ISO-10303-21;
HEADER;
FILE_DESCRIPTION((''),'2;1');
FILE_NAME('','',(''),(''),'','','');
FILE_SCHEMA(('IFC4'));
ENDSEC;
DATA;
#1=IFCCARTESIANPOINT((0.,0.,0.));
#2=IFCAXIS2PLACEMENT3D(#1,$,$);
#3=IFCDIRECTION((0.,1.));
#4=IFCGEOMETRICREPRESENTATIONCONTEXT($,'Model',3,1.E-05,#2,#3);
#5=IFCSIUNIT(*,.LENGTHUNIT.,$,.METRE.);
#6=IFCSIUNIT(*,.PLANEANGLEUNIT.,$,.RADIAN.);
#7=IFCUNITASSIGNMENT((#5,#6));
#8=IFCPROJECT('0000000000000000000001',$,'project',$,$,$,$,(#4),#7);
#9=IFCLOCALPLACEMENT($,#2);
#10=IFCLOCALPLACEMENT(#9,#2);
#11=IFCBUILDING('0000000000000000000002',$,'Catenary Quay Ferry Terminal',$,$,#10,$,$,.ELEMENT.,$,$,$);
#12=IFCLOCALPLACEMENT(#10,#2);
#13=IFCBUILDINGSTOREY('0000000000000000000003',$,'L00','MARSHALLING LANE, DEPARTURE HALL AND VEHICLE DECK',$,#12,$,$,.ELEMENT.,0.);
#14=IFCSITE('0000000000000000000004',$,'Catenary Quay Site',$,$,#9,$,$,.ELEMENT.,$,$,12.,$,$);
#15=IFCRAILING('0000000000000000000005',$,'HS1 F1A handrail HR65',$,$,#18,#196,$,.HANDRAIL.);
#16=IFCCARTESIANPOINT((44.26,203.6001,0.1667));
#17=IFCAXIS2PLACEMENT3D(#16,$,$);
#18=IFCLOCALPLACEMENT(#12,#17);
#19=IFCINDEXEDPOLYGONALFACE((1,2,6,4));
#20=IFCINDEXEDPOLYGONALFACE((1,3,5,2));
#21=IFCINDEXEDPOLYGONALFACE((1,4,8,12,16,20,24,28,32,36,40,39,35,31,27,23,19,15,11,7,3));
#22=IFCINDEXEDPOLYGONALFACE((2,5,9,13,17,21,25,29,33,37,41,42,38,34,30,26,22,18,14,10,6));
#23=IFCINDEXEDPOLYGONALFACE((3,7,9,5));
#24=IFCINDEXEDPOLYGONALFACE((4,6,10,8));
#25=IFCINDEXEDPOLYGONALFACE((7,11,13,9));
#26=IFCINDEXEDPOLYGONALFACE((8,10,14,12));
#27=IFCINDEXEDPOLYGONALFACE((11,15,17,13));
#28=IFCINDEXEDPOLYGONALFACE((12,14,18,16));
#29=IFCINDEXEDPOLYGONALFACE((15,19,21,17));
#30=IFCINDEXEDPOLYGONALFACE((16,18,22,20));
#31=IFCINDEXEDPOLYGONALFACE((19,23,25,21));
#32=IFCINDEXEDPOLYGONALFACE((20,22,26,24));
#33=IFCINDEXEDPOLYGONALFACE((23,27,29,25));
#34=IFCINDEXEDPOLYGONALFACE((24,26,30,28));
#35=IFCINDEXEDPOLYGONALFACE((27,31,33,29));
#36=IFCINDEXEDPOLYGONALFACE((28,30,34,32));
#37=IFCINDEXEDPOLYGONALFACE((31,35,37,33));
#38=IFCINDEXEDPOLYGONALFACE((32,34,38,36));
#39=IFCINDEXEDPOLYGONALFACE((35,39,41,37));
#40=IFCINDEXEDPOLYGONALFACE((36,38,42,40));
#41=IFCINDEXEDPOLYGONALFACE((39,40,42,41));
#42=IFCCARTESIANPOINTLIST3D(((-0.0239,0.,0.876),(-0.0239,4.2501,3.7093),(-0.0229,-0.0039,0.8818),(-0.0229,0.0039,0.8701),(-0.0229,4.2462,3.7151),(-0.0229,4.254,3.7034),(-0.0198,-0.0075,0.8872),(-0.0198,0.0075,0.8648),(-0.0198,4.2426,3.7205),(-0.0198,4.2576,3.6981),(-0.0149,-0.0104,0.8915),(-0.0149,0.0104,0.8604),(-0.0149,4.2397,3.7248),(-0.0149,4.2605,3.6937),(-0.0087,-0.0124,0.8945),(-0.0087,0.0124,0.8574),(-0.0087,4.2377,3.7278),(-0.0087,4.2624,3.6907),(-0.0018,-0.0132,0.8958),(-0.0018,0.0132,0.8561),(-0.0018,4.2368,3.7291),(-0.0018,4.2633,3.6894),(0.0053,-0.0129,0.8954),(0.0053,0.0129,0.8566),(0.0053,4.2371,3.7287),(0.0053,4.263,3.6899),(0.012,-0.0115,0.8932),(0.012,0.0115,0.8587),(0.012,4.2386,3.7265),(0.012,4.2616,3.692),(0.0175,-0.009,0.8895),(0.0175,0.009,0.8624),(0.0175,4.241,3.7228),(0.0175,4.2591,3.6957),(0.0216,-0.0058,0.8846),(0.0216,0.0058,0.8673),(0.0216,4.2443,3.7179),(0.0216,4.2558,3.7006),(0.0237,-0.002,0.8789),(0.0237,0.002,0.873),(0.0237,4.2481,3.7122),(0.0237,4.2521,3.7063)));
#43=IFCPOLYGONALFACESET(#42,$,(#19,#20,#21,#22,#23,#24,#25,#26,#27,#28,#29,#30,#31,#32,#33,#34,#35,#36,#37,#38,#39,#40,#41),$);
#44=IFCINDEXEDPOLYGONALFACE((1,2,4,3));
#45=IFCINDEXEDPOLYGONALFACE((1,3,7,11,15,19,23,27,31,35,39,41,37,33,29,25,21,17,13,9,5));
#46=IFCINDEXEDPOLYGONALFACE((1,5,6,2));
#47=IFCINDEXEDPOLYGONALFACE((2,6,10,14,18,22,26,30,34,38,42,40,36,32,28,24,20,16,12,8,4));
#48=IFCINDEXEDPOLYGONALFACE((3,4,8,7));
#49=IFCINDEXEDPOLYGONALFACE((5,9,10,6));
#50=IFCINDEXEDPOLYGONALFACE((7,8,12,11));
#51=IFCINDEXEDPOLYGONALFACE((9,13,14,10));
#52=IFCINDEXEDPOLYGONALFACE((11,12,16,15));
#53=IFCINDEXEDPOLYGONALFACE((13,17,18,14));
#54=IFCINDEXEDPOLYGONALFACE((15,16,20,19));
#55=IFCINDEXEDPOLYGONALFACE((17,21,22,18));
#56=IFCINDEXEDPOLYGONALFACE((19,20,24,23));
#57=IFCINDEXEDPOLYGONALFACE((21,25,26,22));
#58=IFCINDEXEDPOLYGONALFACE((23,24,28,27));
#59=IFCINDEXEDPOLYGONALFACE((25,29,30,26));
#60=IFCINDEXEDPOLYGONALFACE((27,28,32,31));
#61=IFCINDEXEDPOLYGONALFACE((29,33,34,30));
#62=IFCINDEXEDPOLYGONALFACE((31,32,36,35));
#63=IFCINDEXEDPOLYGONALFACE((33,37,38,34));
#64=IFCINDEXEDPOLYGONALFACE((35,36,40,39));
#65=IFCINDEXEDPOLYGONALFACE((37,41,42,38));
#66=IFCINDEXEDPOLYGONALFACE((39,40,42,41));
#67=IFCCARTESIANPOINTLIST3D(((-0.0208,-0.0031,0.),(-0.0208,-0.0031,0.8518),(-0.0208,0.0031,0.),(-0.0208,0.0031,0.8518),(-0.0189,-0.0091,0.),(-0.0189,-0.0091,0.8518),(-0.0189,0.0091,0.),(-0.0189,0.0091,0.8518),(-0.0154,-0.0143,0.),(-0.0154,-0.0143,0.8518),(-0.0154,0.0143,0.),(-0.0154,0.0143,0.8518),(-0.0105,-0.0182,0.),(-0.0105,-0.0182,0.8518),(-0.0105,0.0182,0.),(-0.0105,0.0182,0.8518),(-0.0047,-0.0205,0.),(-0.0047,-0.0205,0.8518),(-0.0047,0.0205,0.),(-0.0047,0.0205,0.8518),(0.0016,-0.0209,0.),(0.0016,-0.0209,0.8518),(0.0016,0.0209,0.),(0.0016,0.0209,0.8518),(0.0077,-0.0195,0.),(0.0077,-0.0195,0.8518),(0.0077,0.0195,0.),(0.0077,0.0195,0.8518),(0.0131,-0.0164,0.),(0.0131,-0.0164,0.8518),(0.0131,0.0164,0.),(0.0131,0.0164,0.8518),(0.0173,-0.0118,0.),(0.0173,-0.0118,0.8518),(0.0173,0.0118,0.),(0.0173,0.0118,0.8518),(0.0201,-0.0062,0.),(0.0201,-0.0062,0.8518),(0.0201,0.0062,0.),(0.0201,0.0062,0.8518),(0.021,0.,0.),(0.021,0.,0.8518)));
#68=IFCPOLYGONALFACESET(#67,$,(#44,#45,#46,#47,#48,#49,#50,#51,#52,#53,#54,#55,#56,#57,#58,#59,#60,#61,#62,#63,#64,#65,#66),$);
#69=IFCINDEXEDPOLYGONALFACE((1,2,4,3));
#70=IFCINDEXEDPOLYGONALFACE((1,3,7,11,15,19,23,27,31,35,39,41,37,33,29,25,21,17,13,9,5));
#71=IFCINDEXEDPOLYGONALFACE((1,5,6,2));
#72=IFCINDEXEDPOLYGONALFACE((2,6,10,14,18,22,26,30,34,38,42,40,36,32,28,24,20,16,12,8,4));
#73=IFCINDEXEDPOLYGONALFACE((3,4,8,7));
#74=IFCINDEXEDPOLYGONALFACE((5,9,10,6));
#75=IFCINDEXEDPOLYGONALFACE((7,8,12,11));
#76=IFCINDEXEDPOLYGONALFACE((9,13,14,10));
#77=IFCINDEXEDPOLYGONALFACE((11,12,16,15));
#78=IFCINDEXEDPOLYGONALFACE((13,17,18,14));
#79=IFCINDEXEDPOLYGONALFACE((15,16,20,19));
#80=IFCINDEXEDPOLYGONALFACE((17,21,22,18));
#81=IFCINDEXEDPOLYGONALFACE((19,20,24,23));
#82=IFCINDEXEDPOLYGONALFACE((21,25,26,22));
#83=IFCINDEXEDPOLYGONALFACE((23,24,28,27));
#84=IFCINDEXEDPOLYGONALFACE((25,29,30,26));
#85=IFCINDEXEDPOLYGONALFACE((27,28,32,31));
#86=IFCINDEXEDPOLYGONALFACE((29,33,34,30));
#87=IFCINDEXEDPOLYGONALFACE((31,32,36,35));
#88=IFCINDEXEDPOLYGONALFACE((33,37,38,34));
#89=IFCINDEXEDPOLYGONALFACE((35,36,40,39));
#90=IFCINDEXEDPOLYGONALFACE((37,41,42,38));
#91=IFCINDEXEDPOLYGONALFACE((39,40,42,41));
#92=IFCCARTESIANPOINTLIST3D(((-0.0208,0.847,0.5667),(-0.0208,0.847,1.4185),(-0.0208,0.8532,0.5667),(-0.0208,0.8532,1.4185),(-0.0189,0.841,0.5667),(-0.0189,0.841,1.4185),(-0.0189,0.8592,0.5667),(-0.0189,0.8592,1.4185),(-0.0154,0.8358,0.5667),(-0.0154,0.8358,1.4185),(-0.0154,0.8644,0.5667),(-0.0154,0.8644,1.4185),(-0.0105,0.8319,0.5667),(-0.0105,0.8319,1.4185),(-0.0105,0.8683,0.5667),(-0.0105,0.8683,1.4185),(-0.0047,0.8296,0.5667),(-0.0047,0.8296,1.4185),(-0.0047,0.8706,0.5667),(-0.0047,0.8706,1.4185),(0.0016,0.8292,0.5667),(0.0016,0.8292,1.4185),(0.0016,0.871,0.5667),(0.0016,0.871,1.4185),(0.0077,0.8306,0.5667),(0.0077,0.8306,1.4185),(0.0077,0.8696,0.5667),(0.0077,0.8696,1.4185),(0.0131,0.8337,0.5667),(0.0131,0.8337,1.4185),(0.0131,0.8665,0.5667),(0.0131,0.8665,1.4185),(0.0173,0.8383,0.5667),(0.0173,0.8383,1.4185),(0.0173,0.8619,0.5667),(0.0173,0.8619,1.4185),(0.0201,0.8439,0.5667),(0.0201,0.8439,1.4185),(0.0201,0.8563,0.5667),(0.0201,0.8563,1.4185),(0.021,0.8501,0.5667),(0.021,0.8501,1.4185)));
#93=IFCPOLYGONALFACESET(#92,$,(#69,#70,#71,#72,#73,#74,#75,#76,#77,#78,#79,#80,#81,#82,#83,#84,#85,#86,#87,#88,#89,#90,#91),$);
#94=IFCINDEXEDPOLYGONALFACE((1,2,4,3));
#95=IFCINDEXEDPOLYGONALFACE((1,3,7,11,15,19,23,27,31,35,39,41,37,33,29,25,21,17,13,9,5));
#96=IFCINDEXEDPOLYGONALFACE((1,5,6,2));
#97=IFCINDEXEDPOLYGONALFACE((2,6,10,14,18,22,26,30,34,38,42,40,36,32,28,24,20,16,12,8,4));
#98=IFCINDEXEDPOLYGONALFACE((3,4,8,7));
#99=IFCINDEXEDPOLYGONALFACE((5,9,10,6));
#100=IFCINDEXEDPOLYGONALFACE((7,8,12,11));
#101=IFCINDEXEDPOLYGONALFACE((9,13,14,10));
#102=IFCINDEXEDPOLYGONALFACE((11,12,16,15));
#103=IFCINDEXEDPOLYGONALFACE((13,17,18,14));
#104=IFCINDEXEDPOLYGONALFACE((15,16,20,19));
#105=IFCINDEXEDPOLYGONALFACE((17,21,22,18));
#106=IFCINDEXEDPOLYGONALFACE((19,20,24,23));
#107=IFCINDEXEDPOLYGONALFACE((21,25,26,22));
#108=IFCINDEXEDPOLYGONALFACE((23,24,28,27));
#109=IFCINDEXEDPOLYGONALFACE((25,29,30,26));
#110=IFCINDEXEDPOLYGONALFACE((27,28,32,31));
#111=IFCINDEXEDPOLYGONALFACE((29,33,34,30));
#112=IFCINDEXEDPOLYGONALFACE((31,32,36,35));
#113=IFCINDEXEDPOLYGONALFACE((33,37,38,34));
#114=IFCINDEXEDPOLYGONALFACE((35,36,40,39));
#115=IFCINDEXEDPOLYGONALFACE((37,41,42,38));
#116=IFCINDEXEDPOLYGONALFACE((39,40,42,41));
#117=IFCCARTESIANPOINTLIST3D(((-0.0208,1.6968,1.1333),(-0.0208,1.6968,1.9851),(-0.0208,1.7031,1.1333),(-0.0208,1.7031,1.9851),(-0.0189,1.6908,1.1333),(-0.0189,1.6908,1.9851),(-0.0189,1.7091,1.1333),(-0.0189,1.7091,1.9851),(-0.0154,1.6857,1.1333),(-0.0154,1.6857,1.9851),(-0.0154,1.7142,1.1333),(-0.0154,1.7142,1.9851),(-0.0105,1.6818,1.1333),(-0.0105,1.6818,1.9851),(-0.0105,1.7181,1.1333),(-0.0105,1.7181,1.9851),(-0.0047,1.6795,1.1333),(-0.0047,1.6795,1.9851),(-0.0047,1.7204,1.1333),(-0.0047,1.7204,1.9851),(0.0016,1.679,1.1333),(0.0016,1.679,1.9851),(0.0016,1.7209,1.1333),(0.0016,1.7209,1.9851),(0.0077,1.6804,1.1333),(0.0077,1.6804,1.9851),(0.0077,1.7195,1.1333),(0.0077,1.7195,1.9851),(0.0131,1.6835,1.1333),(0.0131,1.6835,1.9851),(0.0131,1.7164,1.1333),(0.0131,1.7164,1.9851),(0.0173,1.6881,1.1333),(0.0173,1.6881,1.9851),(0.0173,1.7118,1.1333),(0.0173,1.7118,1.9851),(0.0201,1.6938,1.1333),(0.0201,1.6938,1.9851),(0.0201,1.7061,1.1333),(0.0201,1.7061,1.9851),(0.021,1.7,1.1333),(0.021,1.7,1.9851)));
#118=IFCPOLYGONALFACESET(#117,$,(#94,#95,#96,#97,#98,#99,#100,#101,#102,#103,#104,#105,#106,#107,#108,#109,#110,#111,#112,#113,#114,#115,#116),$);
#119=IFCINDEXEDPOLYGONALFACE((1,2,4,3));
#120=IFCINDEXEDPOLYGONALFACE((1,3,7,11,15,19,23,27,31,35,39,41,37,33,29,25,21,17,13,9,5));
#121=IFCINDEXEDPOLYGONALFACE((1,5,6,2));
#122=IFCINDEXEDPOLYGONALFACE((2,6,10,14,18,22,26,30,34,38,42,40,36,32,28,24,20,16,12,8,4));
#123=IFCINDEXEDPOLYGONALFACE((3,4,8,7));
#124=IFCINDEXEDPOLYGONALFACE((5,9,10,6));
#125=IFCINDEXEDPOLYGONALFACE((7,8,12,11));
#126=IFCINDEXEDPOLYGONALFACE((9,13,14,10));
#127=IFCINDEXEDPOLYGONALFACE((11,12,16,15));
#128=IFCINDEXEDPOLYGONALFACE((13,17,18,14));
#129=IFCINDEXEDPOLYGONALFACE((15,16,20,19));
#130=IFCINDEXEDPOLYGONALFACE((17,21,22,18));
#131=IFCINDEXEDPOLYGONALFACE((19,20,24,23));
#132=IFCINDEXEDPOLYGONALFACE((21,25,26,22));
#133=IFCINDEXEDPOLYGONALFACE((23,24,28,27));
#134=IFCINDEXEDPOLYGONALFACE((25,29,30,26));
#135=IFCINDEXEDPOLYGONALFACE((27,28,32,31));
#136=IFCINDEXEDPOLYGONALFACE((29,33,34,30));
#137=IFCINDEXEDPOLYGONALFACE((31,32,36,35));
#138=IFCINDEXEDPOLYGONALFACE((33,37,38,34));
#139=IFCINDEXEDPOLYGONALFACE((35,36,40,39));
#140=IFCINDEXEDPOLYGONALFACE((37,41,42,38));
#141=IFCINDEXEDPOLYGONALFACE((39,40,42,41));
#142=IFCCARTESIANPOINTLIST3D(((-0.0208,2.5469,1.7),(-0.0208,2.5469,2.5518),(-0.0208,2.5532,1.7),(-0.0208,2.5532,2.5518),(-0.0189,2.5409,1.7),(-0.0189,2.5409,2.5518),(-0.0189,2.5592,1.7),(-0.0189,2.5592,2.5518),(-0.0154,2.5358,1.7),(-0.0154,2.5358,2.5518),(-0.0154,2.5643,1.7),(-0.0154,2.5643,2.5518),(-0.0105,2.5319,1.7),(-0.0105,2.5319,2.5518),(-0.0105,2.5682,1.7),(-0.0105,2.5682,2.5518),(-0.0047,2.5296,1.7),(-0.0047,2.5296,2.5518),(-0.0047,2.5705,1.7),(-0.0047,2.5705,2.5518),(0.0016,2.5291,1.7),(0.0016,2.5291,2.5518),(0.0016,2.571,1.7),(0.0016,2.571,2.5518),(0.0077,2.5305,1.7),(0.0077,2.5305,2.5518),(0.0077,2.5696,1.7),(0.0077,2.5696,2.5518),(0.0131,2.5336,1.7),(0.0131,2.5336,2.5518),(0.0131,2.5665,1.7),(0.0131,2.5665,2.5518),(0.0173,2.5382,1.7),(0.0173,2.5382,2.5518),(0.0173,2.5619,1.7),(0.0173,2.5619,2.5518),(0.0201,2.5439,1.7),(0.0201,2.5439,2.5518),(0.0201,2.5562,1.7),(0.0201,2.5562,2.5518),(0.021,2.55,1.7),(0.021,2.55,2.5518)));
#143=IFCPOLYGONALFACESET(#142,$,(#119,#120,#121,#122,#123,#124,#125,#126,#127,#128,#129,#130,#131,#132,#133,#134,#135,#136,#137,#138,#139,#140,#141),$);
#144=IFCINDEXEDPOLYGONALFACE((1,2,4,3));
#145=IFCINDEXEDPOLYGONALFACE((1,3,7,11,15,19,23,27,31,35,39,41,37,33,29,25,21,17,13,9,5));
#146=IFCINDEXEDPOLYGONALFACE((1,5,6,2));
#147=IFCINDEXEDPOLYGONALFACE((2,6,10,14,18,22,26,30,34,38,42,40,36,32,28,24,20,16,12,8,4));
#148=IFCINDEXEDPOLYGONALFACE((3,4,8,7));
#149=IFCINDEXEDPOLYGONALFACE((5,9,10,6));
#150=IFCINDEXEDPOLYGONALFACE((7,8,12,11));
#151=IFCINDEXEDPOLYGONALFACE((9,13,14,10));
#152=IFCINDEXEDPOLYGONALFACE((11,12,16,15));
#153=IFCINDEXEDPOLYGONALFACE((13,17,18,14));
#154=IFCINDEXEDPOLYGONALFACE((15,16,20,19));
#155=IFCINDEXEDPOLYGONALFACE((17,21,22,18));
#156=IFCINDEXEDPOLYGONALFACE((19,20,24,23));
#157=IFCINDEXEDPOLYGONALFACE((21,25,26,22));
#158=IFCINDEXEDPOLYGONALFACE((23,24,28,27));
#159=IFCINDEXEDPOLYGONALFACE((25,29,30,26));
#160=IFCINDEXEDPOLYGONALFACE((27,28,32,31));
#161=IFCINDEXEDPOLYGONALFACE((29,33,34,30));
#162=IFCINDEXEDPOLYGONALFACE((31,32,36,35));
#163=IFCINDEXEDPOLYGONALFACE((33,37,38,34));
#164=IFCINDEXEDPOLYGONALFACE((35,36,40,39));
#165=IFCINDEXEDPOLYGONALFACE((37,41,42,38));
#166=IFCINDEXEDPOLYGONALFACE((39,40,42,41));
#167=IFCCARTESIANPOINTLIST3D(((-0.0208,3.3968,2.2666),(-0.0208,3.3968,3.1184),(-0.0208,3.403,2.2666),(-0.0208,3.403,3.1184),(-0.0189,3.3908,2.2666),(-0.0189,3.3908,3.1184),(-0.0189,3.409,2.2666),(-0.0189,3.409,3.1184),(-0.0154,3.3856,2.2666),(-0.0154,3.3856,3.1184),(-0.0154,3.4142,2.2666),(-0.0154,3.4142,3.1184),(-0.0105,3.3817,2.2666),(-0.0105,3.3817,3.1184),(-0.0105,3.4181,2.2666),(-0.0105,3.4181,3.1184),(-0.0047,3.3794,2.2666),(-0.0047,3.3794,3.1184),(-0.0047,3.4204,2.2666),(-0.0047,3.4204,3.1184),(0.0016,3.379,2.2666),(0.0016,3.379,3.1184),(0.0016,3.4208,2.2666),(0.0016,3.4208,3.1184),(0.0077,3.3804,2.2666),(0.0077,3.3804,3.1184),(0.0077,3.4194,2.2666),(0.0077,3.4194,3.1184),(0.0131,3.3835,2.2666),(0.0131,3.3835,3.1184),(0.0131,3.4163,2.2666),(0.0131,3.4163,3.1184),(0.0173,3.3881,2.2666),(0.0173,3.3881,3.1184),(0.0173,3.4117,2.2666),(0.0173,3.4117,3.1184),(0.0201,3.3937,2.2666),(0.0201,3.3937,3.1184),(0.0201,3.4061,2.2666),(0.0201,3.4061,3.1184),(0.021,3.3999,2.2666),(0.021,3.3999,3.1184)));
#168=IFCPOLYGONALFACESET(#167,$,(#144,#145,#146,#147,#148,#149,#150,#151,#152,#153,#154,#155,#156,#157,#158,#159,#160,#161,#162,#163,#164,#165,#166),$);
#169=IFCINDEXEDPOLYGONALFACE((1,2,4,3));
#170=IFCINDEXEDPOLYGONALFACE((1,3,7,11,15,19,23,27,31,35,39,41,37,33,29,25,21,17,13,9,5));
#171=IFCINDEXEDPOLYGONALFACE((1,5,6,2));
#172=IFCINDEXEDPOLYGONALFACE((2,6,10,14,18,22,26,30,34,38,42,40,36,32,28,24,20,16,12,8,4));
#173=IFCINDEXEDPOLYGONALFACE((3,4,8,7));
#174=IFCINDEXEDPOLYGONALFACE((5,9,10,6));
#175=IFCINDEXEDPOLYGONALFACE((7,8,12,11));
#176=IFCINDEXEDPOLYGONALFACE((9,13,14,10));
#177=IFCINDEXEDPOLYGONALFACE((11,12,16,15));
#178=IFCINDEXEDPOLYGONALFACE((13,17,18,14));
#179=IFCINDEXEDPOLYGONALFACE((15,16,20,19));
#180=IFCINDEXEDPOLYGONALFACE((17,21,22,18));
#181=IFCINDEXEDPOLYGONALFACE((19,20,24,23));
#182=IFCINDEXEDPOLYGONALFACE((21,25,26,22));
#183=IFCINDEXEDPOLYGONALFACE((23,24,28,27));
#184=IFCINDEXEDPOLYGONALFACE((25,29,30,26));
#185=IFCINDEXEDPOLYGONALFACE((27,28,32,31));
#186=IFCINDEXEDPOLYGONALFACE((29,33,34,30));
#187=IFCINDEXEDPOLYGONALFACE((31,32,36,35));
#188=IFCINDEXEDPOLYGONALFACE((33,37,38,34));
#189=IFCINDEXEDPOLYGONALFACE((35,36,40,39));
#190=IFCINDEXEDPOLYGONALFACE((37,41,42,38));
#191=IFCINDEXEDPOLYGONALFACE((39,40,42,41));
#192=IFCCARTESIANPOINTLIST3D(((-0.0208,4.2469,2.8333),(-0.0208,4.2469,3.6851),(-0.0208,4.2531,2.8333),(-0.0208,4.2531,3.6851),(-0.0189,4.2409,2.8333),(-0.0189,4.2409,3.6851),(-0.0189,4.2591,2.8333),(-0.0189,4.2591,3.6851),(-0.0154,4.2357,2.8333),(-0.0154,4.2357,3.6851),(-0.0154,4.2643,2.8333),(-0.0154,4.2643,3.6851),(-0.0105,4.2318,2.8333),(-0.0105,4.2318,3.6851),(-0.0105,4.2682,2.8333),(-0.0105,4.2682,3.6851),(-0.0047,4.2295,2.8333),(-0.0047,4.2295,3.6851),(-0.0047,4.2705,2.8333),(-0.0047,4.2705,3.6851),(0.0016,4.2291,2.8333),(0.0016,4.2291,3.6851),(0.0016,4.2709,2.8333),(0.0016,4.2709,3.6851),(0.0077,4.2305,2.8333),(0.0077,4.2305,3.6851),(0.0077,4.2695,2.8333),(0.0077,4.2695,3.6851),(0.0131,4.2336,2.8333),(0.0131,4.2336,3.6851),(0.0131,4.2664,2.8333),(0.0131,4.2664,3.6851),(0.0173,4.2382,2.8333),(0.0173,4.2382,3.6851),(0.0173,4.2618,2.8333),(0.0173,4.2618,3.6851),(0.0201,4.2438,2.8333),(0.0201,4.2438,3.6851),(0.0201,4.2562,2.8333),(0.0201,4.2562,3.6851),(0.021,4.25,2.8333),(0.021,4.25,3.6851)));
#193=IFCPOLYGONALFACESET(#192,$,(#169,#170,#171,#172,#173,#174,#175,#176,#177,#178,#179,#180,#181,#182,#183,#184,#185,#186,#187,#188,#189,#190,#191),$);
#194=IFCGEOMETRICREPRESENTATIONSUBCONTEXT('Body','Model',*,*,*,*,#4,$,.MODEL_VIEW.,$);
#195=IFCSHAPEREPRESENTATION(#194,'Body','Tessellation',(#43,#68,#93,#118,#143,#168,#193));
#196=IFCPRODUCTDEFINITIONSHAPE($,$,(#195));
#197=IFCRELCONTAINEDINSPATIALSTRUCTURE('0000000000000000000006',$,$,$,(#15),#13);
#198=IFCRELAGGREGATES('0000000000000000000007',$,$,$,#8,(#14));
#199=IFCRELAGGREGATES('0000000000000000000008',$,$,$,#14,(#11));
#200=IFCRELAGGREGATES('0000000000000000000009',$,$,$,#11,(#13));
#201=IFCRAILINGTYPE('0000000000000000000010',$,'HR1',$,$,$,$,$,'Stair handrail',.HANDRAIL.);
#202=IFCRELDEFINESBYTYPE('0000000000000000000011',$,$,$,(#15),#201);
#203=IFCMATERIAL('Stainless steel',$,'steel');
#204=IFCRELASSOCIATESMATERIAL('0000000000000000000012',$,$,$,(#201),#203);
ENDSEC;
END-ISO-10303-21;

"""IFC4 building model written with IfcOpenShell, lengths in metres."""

from ifc_helpers import new_model, si_unit, direction, frame, origin, origin_2d, place, context, subcontext, project, spatial, circle, extrude, material, type_object, element, save


model = new_model("IFC4")

# Units and contexts
model_context = context("Model", 3, precision=1e-05, world=origin(), true_north=direction((0.0, 1.0)))
body_context = subcontext(model_context, "Body", "Model", "MODEL_VIEW")
ifc_project = project(units=[si_unit("LENGTHUNIT", "METRE"), si_unit("PLANEANGLEUNIT", "RADIAN")], contexts=[model_context])

# Site, building, storey
site_placement = place(None, origin())
site = spatial("IfcSite", under=ifc_project, at=site_placement, Name="Catenary Quay Site", CompositionType="ELEMENT", RefElevation=12.0)
building_placement = place(site_placement, origin())
building = spatial("IfcBuilding", under=site, at=building_placement, Name="Catenary Quay Ferry Terminal", CompositionType="ELEMENT")
storey_placement = place(building_placement, origin())
storey = spatial("IfcBuildingStorey", under=building, at=storey_placement, Name="L00", Description="MARSHALLING LANE, DEPARTURE HALL AND VEHICLE DECK", CompositionType="ELEMENT", Elevation=0.0)

# Railing
ifc_material_1 = material(Name="Stainless steel", Category="steel")
railing_type = type_object("IfcRailingType", Name="HR1", ElementType="Stair handrail", PredefinedType="HANDRAIL", material=ifc_material_1)
railing_placement = place(storey_placement, frame((44.26, 203.6001, 0.1667)))
element("IfcRailing", 1, at=railing_placement, inside=storey, type_object=railing_type, Name="HS1 F1A handrail HR65", PredefinedType="HANDRAIL", context=body_context, shape_type="SweptSolid", body=[
    extrude(circle(Radius=0.0239, at=origin_2d()), frame((0.0, 0.0, 0.876), z_axis=(0.0, 0.832058, 0.554689), x_axis=(-1.0, 0.0, 0.0)), (0.0, 0.0, 1.0), 5.1079),
    extrude(circle(Radius=0.021, at=origin_2d()), origin(), (0.0, 0.0, 1.0), 0.8518),
    extrude(circle(Radius=0.021, at=origin_2d()), frame((0.0, 0.8501, 0.5667)), (0.0, 0.0, 1.0), 0.8518),
    extrude(circle(Radius=0.021, at=origin_2d()), frame((0.0, 1.7, 1.1333)), (0.0, 0.0, 1.0), 0.8518),
    extrude(circle(Radius=0.021, at=origin_2d()), frame((0.0, 2.55, 1.7)), (0.0, 0.0, 1.0), 0.8518),
    extrude(circle(Radius=0.021, at=origin_2d()), frame((0.0, 3.3999, 2.2666)), (0.0, 0.0, 1.0), 0.8518),
    extrude(circle(Radius=0.021, at=origin_2d()), frame((0.0, 4.25, 2.8333)), (0.0, 0.0, 1.0), 0.8518),
])

save(model, "model.ifc")
